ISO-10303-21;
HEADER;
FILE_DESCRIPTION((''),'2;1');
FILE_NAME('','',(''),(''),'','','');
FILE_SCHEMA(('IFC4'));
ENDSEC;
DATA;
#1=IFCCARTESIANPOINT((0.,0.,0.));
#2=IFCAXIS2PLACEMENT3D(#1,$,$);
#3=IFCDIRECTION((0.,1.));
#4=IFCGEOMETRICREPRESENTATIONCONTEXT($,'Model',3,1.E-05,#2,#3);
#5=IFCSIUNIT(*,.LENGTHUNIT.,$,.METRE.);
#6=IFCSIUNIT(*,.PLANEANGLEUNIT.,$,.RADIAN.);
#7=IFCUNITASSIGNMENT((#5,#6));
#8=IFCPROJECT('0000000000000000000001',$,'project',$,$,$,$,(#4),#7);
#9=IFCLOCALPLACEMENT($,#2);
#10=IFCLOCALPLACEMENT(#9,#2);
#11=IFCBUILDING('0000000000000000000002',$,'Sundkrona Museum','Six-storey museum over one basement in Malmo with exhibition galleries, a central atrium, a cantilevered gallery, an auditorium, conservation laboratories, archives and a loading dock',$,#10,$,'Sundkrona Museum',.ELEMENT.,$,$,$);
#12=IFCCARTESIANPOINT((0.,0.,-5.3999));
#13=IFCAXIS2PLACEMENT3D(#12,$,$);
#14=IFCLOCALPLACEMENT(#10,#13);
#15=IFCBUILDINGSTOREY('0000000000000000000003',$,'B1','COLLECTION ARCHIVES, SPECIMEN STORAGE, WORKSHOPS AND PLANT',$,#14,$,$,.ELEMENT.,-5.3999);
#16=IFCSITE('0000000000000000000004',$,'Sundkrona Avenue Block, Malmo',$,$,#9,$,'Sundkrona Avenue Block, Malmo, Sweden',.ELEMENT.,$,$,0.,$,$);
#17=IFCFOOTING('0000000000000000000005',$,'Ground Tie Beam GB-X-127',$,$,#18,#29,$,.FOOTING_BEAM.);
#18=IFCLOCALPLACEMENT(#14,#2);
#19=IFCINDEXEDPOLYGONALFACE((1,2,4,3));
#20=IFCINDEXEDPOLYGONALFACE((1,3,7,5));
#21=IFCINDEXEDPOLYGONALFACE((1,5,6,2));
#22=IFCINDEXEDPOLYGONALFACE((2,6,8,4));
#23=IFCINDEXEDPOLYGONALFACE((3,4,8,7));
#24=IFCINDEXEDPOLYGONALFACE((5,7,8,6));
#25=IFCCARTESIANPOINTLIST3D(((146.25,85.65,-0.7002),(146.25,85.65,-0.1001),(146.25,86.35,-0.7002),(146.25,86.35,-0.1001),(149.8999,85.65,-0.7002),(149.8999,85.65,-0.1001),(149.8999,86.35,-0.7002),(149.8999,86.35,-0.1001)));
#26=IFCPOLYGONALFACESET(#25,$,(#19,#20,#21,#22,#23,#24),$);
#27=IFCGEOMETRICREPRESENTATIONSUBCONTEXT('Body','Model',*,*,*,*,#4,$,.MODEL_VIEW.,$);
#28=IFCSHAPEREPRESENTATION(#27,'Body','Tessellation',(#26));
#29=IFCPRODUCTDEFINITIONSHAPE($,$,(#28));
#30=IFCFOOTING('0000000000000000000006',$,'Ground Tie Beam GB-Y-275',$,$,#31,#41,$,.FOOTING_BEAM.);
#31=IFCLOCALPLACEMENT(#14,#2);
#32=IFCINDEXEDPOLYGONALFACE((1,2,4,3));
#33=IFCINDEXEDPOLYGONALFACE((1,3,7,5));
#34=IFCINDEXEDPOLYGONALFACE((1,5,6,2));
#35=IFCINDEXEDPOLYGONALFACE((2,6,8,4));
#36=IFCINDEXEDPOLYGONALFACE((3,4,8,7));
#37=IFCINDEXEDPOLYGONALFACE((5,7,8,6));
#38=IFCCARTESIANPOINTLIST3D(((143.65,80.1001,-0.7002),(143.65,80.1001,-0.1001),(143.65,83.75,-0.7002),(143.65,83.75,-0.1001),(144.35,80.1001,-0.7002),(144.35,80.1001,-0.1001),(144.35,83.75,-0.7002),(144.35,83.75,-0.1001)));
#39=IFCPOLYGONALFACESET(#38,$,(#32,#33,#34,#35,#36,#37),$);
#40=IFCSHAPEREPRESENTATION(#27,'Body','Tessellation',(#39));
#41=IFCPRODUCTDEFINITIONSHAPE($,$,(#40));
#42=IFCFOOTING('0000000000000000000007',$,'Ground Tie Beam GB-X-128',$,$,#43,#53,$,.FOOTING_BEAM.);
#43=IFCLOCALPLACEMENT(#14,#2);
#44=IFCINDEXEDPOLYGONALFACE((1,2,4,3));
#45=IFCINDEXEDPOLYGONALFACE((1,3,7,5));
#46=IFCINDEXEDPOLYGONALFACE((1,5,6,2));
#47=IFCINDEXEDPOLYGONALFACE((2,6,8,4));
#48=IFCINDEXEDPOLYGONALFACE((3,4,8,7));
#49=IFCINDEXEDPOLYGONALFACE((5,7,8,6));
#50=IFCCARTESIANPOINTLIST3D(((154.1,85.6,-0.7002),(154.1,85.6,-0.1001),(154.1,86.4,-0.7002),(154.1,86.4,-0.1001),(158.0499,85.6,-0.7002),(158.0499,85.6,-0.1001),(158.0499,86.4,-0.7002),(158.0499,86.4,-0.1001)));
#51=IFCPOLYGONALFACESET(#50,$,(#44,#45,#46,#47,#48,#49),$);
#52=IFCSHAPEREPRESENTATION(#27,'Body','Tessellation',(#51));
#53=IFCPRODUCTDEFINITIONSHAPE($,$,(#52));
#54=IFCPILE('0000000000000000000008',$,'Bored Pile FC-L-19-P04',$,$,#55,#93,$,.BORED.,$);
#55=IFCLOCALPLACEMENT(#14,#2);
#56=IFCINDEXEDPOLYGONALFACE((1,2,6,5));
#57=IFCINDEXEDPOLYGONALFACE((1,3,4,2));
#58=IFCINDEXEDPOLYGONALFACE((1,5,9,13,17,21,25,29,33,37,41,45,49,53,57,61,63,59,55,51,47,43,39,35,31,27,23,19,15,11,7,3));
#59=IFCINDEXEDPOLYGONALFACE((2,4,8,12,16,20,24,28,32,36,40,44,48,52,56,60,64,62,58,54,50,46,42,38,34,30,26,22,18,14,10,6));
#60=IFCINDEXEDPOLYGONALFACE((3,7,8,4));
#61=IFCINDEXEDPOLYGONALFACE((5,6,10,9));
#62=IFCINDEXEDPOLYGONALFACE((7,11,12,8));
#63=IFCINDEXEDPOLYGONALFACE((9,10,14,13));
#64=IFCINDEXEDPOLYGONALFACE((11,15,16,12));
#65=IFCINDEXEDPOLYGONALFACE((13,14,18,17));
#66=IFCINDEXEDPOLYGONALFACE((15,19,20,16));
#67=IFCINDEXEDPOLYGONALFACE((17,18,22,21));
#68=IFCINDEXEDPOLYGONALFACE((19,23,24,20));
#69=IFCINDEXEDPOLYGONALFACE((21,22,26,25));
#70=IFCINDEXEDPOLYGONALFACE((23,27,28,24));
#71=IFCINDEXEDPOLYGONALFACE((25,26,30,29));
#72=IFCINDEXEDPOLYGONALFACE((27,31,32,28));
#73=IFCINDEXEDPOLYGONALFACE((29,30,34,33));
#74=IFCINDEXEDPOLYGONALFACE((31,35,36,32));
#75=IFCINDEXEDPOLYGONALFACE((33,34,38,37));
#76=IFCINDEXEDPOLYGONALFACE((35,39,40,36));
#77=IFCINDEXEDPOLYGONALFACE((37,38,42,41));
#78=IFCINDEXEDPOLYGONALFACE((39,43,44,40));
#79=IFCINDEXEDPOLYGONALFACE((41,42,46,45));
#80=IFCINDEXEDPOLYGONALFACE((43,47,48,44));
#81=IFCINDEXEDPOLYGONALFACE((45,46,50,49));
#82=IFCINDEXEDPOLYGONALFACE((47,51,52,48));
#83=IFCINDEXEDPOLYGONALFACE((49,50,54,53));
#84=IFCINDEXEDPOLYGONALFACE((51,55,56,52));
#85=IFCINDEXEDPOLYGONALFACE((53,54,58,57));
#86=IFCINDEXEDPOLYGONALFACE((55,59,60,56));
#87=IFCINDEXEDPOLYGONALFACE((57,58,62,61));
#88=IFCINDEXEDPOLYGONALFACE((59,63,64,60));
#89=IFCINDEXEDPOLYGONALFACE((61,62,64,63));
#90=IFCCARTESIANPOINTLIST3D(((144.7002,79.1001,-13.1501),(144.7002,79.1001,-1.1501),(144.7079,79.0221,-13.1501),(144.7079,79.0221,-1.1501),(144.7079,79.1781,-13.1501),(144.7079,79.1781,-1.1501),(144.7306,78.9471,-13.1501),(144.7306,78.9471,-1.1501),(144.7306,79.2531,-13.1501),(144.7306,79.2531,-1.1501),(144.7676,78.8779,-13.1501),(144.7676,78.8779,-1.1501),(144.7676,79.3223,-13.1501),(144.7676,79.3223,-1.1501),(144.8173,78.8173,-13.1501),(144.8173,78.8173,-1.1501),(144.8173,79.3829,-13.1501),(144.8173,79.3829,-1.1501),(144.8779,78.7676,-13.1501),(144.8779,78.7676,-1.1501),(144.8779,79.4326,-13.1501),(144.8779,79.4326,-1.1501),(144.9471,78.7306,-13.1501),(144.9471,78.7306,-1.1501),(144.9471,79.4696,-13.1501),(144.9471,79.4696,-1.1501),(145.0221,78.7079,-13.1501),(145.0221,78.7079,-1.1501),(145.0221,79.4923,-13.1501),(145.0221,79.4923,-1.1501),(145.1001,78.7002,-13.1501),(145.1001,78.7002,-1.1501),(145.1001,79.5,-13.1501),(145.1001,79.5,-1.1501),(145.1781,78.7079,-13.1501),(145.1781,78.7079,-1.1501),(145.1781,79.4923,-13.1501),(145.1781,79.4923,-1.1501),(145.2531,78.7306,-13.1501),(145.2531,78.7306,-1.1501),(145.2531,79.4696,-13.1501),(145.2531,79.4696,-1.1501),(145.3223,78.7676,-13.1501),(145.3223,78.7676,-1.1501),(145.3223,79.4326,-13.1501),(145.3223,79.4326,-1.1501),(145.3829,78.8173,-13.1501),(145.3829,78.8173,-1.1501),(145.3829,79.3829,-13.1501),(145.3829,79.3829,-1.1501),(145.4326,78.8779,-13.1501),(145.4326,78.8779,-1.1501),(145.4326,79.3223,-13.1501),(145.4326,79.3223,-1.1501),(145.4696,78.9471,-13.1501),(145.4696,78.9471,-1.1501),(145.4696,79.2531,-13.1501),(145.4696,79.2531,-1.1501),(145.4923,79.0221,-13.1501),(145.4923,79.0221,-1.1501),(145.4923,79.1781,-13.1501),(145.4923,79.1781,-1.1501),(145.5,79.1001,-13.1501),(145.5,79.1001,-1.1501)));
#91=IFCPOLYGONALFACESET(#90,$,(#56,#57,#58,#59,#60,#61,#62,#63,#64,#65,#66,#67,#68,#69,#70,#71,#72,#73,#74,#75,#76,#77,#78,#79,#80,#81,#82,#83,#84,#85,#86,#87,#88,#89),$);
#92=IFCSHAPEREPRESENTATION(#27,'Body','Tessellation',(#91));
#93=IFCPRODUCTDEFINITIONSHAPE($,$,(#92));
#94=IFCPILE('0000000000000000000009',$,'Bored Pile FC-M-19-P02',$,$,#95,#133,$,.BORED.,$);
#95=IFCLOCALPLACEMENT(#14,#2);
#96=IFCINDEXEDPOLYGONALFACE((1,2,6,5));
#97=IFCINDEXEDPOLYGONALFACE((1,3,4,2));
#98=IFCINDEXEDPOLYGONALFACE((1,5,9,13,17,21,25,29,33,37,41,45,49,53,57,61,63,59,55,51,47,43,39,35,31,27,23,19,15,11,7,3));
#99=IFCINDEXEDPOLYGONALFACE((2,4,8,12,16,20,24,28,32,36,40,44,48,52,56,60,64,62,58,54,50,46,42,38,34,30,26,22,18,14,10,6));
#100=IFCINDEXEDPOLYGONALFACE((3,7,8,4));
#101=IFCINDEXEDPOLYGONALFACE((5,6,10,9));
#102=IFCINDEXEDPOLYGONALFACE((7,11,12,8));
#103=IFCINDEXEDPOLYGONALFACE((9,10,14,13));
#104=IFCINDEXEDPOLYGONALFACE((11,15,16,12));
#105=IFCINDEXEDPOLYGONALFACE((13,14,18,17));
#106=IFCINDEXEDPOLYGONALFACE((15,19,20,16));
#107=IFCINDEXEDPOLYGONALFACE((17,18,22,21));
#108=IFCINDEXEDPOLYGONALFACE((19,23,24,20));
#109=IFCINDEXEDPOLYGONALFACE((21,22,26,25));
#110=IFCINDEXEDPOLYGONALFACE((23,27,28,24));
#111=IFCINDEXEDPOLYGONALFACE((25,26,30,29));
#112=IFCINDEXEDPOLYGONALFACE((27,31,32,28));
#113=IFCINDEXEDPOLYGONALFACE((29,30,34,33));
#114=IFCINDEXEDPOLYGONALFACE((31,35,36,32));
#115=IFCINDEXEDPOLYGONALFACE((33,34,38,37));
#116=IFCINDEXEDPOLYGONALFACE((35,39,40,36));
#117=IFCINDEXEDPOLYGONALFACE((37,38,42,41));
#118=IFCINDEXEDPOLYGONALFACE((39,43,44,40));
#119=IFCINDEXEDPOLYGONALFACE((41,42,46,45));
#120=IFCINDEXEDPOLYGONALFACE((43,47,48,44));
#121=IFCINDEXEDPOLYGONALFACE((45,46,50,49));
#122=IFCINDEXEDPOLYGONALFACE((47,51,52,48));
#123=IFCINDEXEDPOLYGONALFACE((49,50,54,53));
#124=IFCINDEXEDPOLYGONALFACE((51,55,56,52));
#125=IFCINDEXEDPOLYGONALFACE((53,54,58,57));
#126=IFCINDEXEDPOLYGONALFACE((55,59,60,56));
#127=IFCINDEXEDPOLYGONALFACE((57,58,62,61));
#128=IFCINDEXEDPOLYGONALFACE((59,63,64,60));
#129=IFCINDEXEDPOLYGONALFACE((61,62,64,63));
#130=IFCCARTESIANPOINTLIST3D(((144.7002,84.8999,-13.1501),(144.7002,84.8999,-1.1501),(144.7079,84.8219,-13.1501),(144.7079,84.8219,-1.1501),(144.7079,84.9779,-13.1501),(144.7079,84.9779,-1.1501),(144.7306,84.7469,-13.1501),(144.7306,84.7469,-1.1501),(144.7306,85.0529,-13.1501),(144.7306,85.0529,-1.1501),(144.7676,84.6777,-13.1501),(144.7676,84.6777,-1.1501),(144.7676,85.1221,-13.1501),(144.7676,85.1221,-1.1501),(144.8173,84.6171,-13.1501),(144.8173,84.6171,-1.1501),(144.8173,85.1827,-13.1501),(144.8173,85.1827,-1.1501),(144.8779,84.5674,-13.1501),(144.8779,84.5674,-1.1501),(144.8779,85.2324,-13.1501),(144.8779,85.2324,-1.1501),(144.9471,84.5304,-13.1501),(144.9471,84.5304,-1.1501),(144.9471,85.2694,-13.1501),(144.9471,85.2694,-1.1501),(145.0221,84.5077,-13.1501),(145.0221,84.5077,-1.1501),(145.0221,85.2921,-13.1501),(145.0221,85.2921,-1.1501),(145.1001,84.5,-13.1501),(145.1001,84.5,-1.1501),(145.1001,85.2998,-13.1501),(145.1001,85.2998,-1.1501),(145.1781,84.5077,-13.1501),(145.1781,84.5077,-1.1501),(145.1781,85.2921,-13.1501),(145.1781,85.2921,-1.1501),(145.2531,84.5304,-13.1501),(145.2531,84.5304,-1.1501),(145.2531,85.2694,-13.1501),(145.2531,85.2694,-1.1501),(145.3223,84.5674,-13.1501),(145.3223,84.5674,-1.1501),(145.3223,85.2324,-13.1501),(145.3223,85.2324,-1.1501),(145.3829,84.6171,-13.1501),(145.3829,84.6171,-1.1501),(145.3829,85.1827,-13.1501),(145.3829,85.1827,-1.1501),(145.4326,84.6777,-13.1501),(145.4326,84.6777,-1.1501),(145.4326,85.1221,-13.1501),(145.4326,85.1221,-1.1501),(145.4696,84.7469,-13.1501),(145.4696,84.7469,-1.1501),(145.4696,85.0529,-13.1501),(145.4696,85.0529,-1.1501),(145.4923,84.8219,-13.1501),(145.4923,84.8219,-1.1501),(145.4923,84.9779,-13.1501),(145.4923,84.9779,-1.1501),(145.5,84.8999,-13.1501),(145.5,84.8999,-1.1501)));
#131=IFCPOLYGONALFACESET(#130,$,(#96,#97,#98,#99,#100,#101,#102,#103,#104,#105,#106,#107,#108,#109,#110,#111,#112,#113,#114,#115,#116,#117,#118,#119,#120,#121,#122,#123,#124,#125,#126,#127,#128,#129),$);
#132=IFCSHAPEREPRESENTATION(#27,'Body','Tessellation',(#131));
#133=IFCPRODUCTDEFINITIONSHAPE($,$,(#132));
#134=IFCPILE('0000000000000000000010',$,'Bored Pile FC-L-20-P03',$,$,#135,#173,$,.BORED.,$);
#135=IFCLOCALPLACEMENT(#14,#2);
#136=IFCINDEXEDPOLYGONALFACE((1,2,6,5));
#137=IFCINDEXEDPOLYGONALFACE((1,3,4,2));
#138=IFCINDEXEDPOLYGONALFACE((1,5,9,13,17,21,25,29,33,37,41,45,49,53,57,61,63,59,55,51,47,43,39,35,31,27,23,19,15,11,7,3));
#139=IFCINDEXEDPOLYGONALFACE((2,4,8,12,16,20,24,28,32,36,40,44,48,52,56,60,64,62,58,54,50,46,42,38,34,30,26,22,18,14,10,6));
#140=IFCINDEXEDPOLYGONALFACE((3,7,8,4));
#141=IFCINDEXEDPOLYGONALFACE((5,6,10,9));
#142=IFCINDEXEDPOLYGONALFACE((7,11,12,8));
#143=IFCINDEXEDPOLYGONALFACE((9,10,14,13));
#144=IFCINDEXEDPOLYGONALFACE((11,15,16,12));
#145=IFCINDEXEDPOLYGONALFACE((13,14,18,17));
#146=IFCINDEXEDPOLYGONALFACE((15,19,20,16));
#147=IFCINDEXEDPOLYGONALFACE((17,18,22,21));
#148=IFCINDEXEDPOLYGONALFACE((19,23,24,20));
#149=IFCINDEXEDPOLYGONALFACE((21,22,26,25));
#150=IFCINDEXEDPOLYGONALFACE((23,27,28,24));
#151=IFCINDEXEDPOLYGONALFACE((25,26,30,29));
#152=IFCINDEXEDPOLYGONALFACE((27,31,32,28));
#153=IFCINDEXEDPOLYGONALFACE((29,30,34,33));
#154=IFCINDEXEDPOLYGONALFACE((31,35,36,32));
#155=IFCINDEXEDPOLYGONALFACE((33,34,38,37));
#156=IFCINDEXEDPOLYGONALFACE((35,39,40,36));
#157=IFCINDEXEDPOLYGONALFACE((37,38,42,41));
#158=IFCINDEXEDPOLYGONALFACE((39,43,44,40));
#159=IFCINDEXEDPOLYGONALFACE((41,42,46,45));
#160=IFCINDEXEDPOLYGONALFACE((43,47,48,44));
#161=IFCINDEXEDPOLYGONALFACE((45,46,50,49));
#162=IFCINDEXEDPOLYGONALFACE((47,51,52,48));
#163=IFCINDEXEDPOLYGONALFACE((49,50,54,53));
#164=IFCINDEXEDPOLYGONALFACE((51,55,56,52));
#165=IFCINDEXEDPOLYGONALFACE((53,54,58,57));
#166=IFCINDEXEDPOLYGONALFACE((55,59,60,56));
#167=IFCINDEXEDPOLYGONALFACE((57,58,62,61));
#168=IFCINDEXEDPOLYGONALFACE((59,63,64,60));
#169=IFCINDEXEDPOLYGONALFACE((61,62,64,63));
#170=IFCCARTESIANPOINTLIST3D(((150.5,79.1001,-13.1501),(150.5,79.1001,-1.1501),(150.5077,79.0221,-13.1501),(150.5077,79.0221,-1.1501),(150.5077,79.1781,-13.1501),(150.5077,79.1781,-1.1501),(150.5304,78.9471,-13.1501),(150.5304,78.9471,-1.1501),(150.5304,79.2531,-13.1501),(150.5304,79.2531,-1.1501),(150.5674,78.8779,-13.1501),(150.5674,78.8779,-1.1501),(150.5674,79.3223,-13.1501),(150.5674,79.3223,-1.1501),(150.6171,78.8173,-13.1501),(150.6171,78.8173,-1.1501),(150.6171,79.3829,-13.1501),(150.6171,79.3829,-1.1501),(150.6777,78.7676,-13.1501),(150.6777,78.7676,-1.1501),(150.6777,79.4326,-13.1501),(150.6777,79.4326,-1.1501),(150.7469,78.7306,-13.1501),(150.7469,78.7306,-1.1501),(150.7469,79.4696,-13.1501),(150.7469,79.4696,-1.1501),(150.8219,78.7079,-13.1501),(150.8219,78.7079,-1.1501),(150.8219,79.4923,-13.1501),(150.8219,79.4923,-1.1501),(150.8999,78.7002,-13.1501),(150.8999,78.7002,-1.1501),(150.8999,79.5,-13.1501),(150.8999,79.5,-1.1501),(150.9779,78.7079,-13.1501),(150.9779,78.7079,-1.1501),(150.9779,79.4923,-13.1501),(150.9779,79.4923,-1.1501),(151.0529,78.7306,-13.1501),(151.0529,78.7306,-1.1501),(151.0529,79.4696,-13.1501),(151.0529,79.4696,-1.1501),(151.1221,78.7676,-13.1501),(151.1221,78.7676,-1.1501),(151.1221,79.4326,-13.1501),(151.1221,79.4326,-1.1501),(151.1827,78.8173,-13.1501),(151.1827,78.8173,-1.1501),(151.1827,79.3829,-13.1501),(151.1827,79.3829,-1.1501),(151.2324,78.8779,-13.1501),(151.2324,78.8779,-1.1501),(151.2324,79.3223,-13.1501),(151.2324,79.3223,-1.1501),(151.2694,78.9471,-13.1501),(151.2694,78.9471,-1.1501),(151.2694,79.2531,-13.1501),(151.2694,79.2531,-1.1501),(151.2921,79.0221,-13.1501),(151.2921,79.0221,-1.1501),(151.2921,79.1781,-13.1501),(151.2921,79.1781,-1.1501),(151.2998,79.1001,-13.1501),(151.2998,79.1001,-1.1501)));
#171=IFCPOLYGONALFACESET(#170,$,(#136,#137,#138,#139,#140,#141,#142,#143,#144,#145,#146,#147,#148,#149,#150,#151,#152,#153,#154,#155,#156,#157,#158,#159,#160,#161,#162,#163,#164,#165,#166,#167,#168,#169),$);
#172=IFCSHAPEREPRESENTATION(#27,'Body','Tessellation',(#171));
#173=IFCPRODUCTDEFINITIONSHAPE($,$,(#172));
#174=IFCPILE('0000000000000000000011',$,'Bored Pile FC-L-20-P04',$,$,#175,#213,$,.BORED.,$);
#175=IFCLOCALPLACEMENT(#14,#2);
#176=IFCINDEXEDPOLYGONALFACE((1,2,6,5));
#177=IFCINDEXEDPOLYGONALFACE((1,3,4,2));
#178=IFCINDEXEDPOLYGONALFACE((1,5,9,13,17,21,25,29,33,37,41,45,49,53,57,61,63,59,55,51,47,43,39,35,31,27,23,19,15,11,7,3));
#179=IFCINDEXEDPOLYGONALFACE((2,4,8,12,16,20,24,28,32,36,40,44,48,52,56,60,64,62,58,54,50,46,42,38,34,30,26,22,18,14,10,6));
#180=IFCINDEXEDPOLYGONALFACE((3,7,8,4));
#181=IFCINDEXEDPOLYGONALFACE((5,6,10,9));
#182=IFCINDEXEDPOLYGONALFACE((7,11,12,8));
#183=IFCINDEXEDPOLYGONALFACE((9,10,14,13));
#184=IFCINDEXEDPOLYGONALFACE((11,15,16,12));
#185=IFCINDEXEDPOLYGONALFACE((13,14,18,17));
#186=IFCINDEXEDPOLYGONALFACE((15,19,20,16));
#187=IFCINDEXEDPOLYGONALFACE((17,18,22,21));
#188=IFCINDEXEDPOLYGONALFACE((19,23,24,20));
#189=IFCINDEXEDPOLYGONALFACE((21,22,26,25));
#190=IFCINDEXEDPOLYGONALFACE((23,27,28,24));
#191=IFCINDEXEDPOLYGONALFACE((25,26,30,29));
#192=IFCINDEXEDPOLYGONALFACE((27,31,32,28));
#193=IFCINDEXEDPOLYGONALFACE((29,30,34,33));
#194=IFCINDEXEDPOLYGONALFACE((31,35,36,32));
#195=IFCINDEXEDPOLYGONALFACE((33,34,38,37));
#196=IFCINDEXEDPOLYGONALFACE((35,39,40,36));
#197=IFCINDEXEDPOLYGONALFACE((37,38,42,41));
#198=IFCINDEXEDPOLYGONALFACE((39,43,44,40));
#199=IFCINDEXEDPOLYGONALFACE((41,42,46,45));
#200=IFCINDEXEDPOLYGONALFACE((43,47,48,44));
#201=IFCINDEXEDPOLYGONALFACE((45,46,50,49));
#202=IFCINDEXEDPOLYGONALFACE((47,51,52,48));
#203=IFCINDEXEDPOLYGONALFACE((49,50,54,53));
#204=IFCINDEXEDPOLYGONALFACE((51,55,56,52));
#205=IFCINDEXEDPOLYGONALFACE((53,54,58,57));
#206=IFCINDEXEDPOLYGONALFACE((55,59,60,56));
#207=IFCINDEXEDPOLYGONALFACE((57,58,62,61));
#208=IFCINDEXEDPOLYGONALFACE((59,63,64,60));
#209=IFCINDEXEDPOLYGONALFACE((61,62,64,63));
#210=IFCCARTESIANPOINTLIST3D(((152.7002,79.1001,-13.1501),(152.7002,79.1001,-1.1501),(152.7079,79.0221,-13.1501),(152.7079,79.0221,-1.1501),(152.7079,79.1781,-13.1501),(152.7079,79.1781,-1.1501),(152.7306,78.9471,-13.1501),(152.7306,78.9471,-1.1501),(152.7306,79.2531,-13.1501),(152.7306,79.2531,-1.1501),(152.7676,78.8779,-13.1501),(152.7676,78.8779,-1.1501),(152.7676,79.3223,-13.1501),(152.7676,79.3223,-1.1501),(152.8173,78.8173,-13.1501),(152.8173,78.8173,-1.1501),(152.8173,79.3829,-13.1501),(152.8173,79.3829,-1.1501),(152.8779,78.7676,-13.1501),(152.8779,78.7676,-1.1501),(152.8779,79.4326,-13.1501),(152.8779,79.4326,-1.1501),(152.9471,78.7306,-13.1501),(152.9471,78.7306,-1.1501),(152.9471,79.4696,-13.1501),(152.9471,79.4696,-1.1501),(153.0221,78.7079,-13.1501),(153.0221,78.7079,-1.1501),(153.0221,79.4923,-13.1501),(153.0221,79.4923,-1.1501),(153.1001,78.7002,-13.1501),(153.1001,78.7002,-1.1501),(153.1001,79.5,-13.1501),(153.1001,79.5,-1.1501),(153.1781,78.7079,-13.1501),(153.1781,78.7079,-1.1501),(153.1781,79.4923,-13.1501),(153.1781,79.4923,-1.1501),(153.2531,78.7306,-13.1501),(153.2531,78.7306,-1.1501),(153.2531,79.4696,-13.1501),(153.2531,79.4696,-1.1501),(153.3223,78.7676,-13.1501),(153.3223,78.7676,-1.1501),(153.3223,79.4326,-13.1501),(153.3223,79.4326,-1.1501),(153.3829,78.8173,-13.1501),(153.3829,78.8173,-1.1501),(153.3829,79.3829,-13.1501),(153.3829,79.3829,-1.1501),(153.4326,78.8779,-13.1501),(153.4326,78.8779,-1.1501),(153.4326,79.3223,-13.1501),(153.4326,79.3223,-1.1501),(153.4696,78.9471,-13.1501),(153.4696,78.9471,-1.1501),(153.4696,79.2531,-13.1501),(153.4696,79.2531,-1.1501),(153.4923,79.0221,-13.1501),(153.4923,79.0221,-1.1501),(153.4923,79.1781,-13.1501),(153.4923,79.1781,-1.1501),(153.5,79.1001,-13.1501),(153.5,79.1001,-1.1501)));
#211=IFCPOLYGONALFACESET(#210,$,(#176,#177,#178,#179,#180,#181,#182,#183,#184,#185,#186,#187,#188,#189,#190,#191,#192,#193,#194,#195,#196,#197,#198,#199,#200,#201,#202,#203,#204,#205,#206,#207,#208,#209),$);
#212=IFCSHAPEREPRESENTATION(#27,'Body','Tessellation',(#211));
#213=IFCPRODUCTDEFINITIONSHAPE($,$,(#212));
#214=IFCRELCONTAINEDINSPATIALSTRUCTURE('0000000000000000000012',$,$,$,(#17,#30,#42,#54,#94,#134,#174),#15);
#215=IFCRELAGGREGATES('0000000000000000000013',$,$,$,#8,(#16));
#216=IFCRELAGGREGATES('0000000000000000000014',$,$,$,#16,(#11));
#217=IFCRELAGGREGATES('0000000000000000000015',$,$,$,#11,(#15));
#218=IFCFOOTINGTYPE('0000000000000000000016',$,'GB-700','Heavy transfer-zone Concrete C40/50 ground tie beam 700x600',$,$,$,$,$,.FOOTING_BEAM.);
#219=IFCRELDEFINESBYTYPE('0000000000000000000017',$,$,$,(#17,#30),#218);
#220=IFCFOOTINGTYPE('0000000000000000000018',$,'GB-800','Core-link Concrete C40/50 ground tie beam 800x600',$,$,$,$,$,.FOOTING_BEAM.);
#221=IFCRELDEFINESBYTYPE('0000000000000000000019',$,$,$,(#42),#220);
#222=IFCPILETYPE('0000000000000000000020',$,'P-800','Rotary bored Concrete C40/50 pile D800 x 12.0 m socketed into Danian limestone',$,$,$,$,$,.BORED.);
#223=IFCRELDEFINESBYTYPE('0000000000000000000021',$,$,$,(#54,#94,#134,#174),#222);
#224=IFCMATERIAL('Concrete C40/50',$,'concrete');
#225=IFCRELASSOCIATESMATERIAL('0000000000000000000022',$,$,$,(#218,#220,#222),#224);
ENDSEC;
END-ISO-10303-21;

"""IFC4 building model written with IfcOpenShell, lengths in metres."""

from ifc_helpers import new_model, si_unit, direction, frame, origin, origin_2d, place, context, subcontext, project, spatial, rectangle, circle, extrude, material, material_profile, profile_set, type_object, element, save


model = new_model("IFC4")

# Units and contexts
model_context = context("Model", 3, precision=1e-05, world=origin(), true_north=direction((0.0, 1.0)))
body_context = subcontext(model_context, "Body", "Model", "MODEL_VIEW")
ifc_project = project(units=[si_unit("LENGTHUNIT", "METRE"), si_unit("PLANEANGLEUNIT", "RADIAN")], contexts=[model_context])

# Site, building, storey
site_placement = place(None, origin())
site = spatial("IfcSite", under=ifc_project, at=site_placement, Name="Sundkrona Avenue Block, Malmo", LongName="Sundkrona Avenue Block, Malmo, Sweden", CompositionType="ELEMENT", RefElevation=0.0)
building_placement = place(site_placement, origin())
building = spatial("IfcBuilding", under=site, at=building_placement, Name="Sundkrona Museum", Description="Six-storey museum over one basement in Malmo with exhibition galleries, a central atrium, a cantilevered gallery, an auditorium, conservation laboratories, archives and a loading dock", LongName="Sundkrona Museum", CompositionType="ELEMENT")
storey_placement = place(building_placement, frame((0.0, 0.0, -5.3999)))
storey = spatial("IfcBuildingStorey", under=building, at=storey_placement, Name="B1", Description="COLLECTION ARCHIVES, SPECIMEN STORAGE, WORKSHOPS AND PLANT", CompositionType="ELEMENT", Elevation=-5.3999)

# Footings
ifc_material_1 = material(Name="Concrete C40/50", Category="concrete")
footing_type_1 = type_object("IfcFootingType", Name="GB-700", Description="Heavy transfer-zone Concrete C40/50 ground tie beam 700x600", PredefinedType="FOOTING_BEAM", material=ifc_material_1)
for number, where, z_axis, x_axis, name in (
    (1, (148.075, 86.0, -0.7002), (0.0, 0.0, 1.0), (1.0, 0.0, 0.0), "Ground Tie Beam GB-X-127"),
    (2, (144.0, 81.925, -0.7002), (0.0, 0.0, 1.0), (0.0, 1.0, 0.0), "Ground Tie Beam GB-Y-275"),
):
    element("IfcFooting", number, at=place(storey_placement, frame(where, z_axis=z_axis, x_axis=x_axis)), inside=storey, type_object=footing_type_1, Name=name, PredefinedType="FOOTING_BEAM", context=body_context, shape_type="SweptSolid", body=[
        extrude(rectangle(XDim=3.6499, YDim=0.7, at=origin_2d()), origin(), (0.0, 0.0, 1.0), 0.6001),
    ])
footing_type_2 = type_object("IfcFootingType", Name="GB-800", Description="Core-link Concrete C40/50 ground tie beam 800x600", PredefinedType="FOOTING_BEAM", material=ifc_material_1)
footing_1_placement = place(storey_placement, frame((156.075, 86.0, -0.7002), z_axis=(0.0, 0.0, 1.0), x_axis=(1.0, 0.0, 0.0)))
element("IfcFooting", 3, at=footing_1_placement, inside=storey, type_object=footing_type_2, Name="Ground Tie Beam GB-X-128", PredefinedType="FOOTING_BEAM", context=body_context, shape_type="SweptSolid", body=[
    extrude(rectangle(XDim=3.95, YDim=0.8, at=origin_2d()), origin(), (0.0, 0.0, 1.0), 0.6001),
])

# Piles
ifc_material_profile_1 = material_profile(ifc_material_1, circle(Radius=0.3999, at=origin_2d()), Name="PILE D800")
ifc_profile_set_1 = profile_set([ifc_material_profile_1], Name="Concrete C40/50")
pile_type = type_object("IfcPileType", Name="P-800", Description="Rotary bored Concrete C40/50 pile D800 x 12.0 m socketed into Danian limestone", PredefinedType="BORED", material=ifc_profile_set_1)
for number, where, z_axis, x_axis, name in (
    (4, (145.1001, 79.1001, -1.1501), (0.0, 0.0, -1.0), (1.0, 0.0, 0.0), "Bored Pile FC-L-19-P04"),
    (5, (145.1001, 84.8999, -1.1501), (0.0, 0.0, -1.0), (1.0, 0.0, 0.0), "Bored Pile FC-M-19-P02"),
    (6, (150.8999, 79.1001, -1.1501), (0.0, 0.0, -1.0), (1.0, 0.0, 0.0), "Bored Pile FC-L-20-P03"),
    (7, (153.1001, 79.1001, -1.1501), (0.0, 0.0, -1.0), (1.0, 0.0, 0.0), "Bored Pile FC-L-20-P04"),
):
    element("IfcPile", number, at=place(storey_placement, frame(where, z_axis=z_axis, x_axis=x_axis)), inside=storey, type_object=pile_type, Name=name, PredefinedType="BORED", context=body_context, shape_type="SweptSolid", body=[
        extrude(circle(Radius=0.3999, at=origin_2d()), origin(), (0.0, 0.0, 1.0), 12.0),
    ])

save(model, "model.ifc")
